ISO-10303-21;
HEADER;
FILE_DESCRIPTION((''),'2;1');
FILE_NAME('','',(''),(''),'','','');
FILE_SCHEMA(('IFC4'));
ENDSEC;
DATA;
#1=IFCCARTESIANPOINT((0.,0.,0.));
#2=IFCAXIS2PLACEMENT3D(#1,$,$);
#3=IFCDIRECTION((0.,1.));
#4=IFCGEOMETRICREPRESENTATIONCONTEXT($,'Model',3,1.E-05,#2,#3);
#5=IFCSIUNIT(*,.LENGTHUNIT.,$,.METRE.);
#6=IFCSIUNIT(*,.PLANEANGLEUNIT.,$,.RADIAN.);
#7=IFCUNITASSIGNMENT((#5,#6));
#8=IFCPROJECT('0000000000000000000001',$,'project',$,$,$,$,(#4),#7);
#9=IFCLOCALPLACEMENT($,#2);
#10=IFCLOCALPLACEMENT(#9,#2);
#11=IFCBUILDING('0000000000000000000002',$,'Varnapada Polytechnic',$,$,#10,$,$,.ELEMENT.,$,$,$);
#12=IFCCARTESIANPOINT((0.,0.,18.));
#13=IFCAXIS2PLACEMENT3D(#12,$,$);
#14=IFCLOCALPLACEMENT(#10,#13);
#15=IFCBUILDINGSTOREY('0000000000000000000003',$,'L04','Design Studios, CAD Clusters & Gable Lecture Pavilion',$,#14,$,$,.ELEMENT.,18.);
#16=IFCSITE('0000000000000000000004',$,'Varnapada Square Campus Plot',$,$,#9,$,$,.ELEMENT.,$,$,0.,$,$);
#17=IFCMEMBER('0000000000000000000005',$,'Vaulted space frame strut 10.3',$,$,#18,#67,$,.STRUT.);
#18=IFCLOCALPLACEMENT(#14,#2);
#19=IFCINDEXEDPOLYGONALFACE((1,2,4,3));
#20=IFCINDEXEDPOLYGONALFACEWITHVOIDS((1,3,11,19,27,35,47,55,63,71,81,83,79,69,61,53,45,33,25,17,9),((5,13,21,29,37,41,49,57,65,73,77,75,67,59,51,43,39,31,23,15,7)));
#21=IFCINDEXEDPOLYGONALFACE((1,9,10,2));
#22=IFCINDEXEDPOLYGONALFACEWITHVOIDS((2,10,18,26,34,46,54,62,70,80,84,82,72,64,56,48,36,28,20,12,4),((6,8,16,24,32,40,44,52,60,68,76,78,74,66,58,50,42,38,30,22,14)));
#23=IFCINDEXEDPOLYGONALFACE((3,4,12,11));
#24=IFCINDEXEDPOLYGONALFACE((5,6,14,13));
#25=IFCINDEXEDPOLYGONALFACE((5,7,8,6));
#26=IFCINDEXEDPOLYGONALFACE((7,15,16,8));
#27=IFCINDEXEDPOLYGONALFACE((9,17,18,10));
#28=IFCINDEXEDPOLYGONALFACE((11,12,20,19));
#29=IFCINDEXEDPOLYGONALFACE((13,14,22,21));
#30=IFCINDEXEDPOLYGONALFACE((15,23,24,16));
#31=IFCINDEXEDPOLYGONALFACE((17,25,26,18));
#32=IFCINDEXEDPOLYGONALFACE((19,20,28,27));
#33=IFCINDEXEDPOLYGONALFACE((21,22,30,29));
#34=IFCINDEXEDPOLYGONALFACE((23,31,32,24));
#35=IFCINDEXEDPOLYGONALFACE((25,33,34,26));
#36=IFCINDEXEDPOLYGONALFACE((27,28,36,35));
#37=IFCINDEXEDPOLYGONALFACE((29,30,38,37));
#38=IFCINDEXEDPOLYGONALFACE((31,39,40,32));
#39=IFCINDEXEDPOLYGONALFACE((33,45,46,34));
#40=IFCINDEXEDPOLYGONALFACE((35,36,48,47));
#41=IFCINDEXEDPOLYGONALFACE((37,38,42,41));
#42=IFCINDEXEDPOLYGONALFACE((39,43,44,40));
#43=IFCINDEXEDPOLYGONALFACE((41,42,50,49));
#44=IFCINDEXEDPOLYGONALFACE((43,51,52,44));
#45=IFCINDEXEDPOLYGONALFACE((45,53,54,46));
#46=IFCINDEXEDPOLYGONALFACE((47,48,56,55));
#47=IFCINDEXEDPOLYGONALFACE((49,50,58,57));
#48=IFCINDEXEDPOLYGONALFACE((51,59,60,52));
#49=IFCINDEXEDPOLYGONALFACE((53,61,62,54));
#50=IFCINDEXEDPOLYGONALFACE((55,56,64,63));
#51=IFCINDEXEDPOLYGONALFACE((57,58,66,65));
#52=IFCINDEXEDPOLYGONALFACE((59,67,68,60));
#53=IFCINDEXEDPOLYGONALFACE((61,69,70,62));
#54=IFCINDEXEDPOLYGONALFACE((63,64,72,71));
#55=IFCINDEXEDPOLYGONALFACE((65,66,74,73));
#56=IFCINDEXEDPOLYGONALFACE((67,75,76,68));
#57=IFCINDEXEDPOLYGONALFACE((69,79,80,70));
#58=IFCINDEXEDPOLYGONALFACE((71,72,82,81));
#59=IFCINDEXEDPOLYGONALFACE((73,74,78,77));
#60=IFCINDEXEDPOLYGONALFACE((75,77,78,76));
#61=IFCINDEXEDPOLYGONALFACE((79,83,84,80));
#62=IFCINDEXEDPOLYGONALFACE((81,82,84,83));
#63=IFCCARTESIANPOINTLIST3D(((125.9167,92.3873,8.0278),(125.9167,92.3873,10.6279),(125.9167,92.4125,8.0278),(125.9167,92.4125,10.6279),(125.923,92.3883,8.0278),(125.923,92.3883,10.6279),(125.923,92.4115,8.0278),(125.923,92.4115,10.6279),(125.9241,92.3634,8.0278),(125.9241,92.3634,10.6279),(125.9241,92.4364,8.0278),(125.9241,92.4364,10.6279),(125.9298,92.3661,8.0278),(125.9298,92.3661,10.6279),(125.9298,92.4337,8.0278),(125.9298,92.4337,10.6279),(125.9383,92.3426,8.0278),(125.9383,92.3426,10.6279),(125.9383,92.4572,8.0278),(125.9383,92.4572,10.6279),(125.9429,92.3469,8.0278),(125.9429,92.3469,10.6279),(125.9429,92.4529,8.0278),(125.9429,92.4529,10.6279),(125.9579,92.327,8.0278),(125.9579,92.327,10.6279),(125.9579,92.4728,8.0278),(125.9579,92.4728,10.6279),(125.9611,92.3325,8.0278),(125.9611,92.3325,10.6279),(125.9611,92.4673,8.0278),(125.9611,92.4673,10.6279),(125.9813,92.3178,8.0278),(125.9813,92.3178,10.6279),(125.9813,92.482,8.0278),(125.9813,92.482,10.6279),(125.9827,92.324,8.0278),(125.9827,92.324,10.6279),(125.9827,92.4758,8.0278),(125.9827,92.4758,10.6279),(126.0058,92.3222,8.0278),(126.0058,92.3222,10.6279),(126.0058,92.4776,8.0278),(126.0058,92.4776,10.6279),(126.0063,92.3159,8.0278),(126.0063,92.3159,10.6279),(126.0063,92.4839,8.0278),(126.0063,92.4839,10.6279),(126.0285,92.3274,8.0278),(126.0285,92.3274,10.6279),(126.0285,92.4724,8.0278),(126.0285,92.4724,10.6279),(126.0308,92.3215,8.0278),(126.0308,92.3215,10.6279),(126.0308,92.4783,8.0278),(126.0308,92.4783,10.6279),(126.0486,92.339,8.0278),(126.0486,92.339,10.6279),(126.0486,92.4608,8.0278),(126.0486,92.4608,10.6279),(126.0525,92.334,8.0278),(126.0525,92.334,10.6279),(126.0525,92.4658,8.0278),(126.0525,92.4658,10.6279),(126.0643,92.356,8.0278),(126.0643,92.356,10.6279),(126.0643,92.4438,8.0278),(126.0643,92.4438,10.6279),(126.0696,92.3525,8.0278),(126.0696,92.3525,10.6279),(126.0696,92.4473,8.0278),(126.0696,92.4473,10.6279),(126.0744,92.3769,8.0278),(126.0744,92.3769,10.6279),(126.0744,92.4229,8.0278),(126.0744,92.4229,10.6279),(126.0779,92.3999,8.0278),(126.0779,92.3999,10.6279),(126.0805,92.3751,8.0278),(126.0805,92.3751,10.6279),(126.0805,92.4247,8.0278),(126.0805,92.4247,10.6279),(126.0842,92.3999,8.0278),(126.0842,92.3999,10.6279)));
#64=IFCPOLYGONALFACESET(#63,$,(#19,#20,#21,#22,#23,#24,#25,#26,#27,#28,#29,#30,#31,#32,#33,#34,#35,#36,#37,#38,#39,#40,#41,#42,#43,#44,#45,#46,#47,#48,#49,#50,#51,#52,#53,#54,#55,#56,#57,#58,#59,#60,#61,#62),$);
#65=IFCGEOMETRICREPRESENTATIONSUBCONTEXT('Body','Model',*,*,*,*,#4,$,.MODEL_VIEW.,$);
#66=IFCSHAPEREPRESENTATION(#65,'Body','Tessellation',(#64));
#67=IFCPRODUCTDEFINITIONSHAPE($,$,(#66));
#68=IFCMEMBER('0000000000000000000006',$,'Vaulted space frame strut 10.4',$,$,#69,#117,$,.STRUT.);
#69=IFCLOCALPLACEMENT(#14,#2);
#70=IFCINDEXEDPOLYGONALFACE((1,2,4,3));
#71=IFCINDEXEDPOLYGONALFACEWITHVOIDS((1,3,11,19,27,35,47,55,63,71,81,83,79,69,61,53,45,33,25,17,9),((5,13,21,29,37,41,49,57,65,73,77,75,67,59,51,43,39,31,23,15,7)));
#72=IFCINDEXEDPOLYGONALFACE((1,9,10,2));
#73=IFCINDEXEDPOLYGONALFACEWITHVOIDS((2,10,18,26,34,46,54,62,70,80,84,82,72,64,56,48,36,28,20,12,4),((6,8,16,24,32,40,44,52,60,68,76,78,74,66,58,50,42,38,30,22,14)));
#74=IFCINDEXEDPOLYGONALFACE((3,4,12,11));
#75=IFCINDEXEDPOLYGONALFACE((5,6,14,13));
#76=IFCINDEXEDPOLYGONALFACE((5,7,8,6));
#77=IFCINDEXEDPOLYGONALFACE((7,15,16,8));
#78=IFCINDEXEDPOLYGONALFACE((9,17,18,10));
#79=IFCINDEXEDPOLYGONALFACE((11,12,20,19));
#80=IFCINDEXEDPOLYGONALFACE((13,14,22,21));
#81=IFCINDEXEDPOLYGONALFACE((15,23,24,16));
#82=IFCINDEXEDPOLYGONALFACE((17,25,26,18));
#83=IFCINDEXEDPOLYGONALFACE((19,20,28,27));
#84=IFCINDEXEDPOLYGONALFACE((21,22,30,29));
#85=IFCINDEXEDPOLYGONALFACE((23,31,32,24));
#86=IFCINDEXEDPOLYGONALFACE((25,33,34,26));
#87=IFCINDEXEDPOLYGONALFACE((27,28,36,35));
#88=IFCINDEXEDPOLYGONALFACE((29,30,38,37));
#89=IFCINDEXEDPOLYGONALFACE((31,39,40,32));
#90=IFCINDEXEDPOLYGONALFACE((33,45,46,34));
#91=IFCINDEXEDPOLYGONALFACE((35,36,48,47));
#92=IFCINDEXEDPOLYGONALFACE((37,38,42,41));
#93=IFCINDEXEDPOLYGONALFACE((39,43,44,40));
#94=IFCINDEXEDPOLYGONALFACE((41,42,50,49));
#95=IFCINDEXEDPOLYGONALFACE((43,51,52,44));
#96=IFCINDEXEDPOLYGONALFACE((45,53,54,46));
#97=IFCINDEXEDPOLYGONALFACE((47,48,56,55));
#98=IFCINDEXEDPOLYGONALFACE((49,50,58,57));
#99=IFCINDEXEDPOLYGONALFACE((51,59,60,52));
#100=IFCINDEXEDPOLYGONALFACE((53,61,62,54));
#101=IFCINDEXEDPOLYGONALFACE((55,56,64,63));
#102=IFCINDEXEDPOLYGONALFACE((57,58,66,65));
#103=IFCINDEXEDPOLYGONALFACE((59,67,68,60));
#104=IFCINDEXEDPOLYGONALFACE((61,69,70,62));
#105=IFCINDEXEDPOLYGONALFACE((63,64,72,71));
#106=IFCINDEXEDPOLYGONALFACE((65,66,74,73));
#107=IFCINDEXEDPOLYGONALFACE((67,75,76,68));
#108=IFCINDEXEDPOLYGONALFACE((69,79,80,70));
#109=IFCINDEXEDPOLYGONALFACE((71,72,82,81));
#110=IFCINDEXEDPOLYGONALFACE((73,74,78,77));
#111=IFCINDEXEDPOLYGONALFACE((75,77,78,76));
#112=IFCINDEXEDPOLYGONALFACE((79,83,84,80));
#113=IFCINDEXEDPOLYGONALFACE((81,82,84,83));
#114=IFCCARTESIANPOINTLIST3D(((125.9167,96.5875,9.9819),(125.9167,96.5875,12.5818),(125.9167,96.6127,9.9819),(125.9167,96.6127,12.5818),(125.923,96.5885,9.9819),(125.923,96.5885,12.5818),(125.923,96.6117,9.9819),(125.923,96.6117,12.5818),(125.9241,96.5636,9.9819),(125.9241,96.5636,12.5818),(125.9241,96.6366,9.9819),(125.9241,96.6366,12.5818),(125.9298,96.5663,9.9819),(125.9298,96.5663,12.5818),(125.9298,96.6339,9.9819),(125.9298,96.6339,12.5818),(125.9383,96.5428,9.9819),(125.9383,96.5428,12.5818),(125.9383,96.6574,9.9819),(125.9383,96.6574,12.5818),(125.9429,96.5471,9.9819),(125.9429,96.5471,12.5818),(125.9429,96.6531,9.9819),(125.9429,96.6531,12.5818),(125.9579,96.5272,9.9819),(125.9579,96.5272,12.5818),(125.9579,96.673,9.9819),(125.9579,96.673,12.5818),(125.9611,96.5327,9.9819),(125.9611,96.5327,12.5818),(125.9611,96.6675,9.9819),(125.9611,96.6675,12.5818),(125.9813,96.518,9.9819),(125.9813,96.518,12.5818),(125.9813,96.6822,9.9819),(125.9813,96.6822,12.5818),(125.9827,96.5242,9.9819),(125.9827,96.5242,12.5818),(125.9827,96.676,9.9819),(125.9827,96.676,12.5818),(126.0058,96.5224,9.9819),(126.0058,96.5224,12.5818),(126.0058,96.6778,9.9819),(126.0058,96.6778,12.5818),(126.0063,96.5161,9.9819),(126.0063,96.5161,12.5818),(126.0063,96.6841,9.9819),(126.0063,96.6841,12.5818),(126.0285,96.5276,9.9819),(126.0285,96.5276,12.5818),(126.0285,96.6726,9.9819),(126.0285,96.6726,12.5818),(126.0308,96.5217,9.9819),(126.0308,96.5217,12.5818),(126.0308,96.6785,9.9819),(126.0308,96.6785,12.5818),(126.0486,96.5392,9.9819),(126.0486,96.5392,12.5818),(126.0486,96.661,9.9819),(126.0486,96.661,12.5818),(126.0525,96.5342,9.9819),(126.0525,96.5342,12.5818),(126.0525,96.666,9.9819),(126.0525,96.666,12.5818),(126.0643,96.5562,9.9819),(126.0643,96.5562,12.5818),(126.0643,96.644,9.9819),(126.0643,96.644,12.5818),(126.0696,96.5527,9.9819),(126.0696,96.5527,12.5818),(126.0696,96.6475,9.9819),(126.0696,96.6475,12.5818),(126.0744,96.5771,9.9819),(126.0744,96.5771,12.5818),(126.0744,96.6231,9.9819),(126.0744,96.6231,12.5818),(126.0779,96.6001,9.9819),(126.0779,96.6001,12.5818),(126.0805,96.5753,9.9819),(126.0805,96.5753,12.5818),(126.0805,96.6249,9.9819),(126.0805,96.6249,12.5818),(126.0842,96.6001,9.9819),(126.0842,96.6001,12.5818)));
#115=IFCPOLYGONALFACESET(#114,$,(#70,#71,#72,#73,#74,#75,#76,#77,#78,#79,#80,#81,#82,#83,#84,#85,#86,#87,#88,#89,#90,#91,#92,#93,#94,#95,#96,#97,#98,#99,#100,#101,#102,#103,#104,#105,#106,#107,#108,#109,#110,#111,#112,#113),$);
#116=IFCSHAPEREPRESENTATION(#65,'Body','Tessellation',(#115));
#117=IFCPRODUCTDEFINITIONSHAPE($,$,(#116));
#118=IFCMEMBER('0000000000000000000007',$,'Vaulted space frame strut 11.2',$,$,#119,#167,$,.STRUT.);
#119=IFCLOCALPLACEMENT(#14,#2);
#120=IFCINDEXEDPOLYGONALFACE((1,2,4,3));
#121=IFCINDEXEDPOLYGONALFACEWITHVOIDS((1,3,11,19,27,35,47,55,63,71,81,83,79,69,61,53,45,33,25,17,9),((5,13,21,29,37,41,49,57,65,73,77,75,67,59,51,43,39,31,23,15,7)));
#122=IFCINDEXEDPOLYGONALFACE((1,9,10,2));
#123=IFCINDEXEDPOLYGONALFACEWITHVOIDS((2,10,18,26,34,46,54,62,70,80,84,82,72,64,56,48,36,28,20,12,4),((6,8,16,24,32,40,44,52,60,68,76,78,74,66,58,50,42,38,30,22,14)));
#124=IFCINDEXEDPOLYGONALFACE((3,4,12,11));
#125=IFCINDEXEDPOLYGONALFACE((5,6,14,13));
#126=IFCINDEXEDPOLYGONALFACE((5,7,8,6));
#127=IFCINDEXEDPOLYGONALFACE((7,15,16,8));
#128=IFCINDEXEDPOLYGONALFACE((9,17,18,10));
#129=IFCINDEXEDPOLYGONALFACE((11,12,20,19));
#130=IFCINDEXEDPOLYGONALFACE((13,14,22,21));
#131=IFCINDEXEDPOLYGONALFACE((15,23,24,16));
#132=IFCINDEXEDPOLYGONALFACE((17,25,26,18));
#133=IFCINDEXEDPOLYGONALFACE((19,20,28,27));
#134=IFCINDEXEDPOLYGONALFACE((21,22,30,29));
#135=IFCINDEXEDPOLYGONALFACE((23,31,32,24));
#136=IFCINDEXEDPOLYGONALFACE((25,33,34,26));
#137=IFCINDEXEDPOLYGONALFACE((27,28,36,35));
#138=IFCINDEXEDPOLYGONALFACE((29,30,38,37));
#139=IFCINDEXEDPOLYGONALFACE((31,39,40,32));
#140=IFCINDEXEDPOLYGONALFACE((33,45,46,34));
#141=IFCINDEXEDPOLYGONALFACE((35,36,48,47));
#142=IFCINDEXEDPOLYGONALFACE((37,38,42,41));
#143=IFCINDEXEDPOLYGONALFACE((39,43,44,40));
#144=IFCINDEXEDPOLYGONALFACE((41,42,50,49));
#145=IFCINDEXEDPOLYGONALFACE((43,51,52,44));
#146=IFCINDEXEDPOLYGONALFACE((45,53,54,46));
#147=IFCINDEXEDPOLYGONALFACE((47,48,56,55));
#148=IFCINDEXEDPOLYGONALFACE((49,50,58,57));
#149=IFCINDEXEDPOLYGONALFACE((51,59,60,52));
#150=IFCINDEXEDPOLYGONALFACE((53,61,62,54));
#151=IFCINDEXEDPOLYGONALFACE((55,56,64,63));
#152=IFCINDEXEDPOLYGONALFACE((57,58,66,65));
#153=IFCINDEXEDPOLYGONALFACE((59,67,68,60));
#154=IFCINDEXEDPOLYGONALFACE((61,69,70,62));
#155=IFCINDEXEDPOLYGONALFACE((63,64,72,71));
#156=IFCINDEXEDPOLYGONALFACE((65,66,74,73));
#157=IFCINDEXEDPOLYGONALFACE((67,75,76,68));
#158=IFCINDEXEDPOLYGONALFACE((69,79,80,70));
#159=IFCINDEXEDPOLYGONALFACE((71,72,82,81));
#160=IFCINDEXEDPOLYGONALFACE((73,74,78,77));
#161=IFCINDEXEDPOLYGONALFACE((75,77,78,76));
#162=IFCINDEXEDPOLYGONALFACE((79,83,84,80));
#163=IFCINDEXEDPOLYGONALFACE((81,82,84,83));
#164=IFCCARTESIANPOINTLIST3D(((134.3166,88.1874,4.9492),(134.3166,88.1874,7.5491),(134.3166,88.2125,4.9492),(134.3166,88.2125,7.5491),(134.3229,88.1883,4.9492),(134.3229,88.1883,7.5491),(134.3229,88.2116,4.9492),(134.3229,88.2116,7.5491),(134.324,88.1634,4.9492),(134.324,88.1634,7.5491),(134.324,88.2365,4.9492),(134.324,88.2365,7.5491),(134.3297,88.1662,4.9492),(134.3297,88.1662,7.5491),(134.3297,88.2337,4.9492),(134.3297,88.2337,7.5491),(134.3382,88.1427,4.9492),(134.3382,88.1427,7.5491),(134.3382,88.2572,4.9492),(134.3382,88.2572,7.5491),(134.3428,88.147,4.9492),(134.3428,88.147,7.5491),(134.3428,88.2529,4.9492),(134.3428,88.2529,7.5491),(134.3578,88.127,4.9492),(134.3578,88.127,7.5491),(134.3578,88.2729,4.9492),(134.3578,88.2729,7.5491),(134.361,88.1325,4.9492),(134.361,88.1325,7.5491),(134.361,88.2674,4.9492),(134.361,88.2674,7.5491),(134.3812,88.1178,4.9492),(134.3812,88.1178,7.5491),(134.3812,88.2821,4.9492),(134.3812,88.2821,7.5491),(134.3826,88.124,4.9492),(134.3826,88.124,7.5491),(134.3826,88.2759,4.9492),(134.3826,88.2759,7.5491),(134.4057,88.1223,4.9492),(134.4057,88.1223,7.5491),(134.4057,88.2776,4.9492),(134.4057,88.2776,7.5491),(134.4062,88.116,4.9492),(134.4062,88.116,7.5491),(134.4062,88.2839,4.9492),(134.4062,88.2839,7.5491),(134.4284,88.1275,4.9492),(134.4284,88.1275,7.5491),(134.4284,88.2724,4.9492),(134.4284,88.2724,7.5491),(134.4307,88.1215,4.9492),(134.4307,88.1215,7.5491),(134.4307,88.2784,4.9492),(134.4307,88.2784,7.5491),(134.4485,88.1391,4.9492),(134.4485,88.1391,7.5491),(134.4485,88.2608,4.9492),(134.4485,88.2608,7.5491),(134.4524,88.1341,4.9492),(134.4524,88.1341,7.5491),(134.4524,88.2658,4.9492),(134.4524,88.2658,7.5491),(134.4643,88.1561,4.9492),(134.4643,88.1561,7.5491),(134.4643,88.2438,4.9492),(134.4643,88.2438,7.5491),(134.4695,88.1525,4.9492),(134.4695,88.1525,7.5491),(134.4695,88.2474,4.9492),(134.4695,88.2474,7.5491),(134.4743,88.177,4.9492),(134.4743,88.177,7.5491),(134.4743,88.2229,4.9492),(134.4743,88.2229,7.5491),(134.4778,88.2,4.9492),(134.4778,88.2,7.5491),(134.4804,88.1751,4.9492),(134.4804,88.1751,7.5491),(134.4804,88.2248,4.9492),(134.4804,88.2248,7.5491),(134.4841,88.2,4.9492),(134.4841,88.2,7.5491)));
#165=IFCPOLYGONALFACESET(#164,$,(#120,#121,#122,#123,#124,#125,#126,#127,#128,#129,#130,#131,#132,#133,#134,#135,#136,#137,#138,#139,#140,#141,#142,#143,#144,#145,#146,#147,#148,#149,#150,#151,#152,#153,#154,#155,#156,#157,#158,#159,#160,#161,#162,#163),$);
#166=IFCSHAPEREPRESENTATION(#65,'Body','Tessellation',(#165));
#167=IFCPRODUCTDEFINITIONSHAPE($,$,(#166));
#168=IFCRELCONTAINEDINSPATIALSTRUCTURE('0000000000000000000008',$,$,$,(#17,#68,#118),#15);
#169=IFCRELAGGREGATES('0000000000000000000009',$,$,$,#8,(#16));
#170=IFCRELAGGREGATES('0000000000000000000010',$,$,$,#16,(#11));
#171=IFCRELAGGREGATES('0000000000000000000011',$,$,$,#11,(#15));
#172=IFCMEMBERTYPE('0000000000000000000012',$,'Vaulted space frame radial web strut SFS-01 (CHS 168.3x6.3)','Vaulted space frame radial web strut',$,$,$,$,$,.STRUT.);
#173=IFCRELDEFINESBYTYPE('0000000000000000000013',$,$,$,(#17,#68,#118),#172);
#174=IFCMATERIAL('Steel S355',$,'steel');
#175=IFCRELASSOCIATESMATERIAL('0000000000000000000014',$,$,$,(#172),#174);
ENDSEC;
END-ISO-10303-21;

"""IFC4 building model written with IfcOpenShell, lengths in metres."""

from ifc_helpers import new_model, si_unit, direction, frame, origin, origin_2d, place, context, subcontext, project, spatial, hollow_circle, extrude, material, material_profile, profile_set, type_object, element, save


model = new_model("IFC4")

# Units and contexts
model_context = context("Model", 3, precision=1e-05, world=origin(), true_north=direction((0.0, 1.0)))
body_context = subcontext(model_context, "Body", "Model", "MODEL_VIEW")
ifc_project = project(units=[si_unit("LENGTHUNIT", "METRE"), si_unit("PLANEANGLEUNIT", "RADIAN")], contexts=[model_context])

# Site, building, storey
site_placement = place(None, origin())
site = spatial("IfcSite", under=ifc_project, at=site_placement, Name="Varnapada Square Campus Plot", CompositionType="ELEMENT", RefElevation=0.0)
building_placement = place(site_placement, origin())
building = spatial("IfcBuilding", under=site, at=building_placement, Name="Varnapada Polytechnic", CompositionType="ELEMENT")
storey_placement = place(building_placement, frame((0.0, 0.0, 18.0)))
storey = spatial("IfcBuildingStorey", under=building, at=storey_placement, Name="L04", Description="Design Studios, CAD Clusters & Gable Lecture Pavilion", CompositionType="ELEMENT", Elevation=18.0)

# Shared definitions
ifc_material = material(Name="Steel S355", Category="steel")

# Members
ifc_material_profile_1 = material_profile(ifc_material, hollow_circle(Radius=0.0842, WallThickness=0.0063, at=origin_2d()), Name="CHS 168.3x6.3")
ifc_profile_set_1 = profile_set([ifc_material_profile_1], Name="Steel S355")
member_type_1 = type_object("IfcMemberType", Name="Vaulted space frame radial web strut SFS-01 (CHS 168.3x6.3)", Description="Vaulted space frame radial web strut", PredefinedType="STRUT", material=ifc_profile_set_1)
member_1_placement = place(storey_placement, frame((126.0, 92.3999, 8.0278), z_axis=(0.0, 0.0, 1.0), x_axis=(1.0, 0.0, 0.0)))
element("IfcMember", 1, at=member_1_placement, inside=storey, type_object=member_type_1, Name="Vaulted space frame strut 10.3", PredefinedType="STRUT", context=body_context, shape_type="SweptSolid", body=[
    extrude(hollow_circle(Radius=0.0842, WallThickness=0.0063, at=origin_2d()), origin(), (0.0, 0.0, 1.0), 2.6001),
])
for number, where, z_axis, x_axis, name in (
    (2, (126.0, 96.6001, 9.9819), (0.0, 0.0, 1.0), (1.0, 0.0, 0.0), "Vaulted space frame strut 10.4"),
    (3, (134.3999, 88.2, 4.9492), (0.0, 0.0, 1.0), (1.0, 0.0, 0.0), "Vaulted space frame strut 11.2"),
):
    element("IfcMember", number, at=place(storey_placement, frame(where, z_axis=z_axis, x_axis=x_axis)), inside=storey, type_object=member_type_1, Name=name, PredefinedType="STRUT", context=body_context, shape_type="SweptSolid", body=[
        extrude(hollow_circle(Radius=0.0842, WallThickness=0.0063, at=origin_2d()), origin(), (0.0, 0.0, 1.0), 2.5999),
    ])

save(model, "model.ifc")
